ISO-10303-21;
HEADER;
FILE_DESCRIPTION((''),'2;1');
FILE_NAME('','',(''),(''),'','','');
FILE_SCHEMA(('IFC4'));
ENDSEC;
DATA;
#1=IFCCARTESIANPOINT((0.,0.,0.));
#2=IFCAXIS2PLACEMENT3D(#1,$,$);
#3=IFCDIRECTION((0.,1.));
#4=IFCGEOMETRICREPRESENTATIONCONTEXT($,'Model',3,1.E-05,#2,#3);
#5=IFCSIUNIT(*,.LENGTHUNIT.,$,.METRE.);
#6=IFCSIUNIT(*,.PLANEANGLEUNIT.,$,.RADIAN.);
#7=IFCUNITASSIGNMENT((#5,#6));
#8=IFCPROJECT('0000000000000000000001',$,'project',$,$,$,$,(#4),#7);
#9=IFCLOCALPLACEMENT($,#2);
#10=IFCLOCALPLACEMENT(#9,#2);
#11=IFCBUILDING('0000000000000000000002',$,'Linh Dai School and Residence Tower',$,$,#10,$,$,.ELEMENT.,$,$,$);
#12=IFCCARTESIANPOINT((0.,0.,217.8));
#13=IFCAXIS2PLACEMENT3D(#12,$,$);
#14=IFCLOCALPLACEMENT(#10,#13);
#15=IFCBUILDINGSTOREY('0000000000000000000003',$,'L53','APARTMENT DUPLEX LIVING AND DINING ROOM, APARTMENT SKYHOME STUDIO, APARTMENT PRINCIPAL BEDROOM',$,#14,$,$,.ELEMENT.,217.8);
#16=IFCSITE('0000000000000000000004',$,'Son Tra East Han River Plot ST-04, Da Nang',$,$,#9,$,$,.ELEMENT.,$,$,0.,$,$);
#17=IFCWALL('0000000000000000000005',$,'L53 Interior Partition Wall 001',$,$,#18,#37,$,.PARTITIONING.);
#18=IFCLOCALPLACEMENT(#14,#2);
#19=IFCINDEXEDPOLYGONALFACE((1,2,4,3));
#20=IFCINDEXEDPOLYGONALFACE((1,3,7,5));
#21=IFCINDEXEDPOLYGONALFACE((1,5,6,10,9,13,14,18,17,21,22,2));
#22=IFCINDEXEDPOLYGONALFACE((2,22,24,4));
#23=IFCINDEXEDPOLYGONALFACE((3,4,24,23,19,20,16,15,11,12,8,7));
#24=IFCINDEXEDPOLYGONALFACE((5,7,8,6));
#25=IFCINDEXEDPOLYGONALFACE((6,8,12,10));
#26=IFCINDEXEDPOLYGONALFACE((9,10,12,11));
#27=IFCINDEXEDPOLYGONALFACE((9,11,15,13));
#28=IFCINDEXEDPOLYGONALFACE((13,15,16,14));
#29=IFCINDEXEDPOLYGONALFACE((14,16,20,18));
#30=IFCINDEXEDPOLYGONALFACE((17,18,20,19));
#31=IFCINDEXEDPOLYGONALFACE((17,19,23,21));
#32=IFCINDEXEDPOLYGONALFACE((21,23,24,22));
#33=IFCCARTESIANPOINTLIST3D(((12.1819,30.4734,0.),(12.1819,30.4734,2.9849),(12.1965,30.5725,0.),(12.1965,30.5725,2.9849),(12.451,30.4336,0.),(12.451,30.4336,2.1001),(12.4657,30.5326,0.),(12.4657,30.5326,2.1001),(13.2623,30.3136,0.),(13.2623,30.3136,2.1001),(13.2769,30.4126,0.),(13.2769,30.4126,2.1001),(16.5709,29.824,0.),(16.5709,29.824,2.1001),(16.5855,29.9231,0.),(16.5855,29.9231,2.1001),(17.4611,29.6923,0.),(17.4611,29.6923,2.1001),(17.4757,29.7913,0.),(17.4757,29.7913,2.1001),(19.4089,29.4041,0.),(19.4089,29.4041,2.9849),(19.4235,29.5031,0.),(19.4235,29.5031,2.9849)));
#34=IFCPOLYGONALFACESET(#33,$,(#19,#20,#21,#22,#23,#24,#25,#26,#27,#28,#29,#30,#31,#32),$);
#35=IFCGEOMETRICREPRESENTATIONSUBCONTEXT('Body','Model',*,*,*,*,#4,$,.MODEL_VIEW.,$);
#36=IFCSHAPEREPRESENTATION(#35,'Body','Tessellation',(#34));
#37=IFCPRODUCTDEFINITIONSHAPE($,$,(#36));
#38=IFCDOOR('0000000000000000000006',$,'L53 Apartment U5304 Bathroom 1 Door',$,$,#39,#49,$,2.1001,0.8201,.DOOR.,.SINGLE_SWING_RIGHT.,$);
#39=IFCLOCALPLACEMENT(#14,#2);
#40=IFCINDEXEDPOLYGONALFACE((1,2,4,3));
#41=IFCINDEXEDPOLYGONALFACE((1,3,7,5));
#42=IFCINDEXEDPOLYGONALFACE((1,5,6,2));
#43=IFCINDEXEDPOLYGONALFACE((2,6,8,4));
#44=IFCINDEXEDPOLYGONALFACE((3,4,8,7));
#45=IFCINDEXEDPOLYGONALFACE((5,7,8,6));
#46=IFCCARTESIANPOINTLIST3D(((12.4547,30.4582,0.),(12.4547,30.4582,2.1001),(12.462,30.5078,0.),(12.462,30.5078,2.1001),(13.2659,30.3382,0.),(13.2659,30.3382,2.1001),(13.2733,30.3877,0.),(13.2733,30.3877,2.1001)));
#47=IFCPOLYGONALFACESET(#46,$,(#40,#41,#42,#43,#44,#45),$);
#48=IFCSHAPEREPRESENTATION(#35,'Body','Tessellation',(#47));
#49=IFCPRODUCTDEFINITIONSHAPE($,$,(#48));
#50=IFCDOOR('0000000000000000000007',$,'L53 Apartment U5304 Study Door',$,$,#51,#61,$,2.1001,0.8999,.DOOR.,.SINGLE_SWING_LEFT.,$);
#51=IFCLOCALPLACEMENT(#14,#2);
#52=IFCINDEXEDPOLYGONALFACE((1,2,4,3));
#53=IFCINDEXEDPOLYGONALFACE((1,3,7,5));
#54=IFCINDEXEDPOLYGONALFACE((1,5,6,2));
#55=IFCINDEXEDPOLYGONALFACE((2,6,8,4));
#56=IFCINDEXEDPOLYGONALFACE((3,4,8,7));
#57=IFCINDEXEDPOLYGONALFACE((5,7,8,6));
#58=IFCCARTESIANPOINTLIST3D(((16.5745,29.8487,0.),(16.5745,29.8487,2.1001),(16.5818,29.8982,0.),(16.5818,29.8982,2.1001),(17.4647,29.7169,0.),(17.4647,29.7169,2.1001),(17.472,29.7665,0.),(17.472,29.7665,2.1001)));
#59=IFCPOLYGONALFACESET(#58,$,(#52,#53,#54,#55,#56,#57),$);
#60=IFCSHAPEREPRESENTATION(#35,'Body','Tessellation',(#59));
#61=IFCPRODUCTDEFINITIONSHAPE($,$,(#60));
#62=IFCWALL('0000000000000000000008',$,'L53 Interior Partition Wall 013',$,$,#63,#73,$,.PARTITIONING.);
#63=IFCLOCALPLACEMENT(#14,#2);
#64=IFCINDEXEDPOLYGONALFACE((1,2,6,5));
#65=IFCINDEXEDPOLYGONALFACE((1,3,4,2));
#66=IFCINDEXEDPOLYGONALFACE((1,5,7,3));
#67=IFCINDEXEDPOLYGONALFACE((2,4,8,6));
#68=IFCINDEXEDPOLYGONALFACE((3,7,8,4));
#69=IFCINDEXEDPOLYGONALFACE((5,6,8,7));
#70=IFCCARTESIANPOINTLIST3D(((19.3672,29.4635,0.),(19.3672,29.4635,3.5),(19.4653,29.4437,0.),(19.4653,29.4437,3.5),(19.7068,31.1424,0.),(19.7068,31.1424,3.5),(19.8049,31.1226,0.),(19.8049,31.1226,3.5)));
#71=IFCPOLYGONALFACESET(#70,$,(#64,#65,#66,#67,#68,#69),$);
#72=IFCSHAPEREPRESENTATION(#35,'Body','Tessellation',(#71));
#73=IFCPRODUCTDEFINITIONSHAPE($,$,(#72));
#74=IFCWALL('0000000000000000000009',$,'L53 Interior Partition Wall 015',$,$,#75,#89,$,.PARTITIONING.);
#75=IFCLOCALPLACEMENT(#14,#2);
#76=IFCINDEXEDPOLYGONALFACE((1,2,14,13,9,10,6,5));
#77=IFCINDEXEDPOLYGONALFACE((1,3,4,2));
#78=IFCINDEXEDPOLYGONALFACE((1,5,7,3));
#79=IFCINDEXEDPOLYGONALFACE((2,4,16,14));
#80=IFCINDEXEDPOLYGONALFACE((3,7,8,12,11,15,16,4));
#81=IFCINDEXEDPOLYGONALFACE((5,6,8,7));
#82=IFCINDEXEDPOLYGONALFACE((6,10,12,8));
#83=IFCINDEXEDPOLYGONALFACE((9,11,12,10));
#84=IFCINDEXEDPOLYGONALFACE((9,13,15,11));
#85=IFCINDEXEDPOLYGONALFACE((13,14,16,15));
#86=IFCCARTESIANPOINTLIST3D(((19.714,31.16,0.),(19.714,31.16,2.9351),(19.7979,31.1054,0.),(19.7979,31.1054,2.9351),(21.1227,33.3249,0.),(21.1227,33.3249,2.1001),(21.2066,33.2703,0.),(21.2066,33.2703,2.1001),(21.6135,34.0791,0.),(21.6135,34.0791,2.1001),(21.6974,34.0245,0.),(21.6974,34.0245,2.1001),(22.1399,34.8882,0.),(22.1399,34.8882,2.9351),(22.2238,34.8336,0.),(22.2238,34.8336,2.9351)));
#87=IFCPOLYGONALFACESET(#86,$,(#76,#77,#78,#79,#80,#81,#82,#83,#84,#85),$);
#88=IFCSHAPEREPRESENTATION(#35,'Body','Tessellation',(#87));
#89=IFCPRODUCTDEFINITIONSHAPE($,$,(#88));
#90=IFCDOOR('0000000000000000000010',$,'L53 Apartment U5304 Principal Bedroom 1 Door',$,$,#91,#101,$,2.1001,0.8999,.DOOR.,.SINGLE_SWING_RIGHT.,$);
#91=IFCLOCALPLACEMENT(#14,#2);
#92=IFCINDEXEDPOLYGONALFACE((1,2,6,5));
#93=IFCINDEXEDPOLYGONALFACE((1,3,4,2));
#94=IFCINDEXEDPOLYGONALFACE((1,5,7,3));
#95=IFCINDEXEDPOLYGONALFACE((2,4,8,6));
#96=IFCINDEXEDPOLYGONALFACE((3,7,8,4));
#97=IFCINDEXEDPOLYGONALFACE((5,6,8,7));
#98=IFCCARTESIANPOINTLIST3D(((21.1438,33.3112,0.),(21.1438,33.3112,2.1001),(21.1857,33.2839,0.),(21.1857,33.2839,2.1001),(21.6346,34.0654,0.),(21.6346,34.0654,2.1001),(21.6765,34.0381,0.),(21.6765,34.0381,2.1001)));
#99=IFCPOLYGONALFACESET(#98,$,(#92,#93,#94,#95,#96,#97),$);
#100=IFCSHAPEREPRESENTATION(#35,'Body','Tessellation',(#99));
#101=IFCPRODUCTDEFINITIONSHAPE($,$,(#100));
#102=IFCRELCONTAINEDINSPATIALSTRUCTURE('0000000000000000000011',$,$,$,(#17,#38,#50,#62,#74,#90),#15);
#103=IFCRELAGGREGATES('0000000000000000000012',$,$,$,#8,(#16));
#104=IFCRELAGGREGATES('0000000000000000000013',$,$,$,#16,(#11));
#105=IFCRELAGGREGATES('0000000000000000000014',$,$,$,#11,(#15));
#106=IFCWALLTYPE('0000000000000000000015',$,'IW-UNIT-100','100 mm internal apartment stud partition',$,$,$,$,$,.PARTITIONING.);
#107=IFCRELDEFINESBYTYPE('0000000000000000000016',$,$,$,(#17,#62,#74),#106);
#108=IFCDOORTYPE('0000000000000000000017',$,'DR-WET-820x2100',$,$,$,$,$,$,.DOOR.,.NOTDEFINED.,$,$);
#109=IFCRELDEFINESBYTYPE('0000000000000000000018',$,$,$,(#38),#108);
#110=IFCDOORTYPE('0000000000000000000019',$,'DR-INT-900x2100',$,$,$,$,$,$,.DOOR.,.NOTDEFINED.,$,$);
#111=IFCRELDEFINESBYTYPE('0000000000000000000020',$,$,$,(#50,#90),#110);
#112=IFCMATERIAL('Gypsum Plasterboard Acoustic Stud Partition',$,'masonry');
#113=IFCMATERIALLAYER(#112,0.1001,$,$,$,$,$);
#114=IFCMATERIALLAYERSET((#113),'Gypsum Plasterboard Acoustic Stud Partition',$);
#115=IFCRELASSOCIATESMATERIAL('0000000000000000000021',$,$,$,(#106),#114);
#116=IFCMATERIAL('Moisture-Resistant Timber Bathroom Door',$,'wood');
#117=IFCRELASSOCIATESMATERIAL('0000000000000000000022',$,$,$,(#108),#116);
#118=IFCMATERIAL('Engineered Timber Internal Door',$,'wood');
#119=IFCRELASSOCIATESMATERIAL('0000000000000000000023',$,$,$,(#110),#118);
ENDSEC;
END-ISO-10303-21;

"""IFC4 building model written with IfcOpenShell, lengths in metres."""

from ifc_helpers import new_model, si_unit, direction, frame, frame_2d, origin, origin_2d, place, context, subcontext, project, spatial, rectangle, extrude, source, transform, mapped, material, layer, layer_set, type_object, element, fill, save


model = new_model("IFC4")

# Units and contexts
model_context = context("Model", 3, precision=1e-05, world=origin(), true_north=direction((0.0, 1.0)))
body_context = subcontext(model_context, "Body", "Model", "MODEL_VIEW")
ifc_project = project(units=[si_unit("LENGTHUNIT", "METRE"), si_unit("PLANEANGLEUNIT", "RADIAN")], contexts=[model_context])

# Site, building, storey
site_placement = place(None, origin())
site = spatial("IfcSite", under=ifc_project, at=site_placement, Name="Son Tra East Han River Plot ST-04, Da Nang", CompositionType="ELEMENT", RefElevation=0.0)
building_placement = place(site_placement, origin())
building = spatial("IfcBuilding", under=site, at=building_placement, Name="Linh Dai School and Residence Tower", CompositionType="ELEMENT")
storey_placement = place(building_placement, frame((0.0, 0.0, 217.8)))
storey = spatial("IfcBuildingStorey", under=building, at=storey_placement, Name="L53", Description="APARTMENT DUPLEX LIVING AND DINING ROOM, APARTMENT SKYHOME STUDIO, APARTMENT PRINCIPAL BEDROOM", CompositionType="ELEMENT", Elevation=217.8)

# Wall, openings, doors
ifc_material_1 = material(Name="Gypsum Plasterboard Acoustic Stud Partition", Category="masonry")
ifc_layer_1 = layer(ifc_material_1, 0.1001)
ifc_layer_set_1 = layer_set([ifc_layer_1], Name="Gypsum Plasterboard Acoustic Stud Partition")
wall_type_1 = type_object("IfcWallType", Name="IW-UNIT-100", Description="100 mm internal apartment stud partition", PredefinedType="PARTITIONING", material=ifc_layer_set_1)
wall_1_placement = place(storey_placement, frame((12.1892, 30.5229, 0.0), z_axis=(0.0, 0.0, 1.0), x_axis=(0.98923, -0.146369, 0.0)))
wall_1 = element("IfcWall", 1, at=wall_1_placement, inside=storey, type_object=wall_type_1, Name="L53 Interior Partition Wall 001", PredefinedType="PARTITIONING", context=body_context, shape_type="SweptSolid", body=[
    extrude(rectangle(XDim=7.3057, YDim=0.1001, at=frame_2d((3.6528, 0.0))), origin(), (0.0, 0.0, 1.0), 2.9849),
])
opening_1_placement = place(wall_1_placement, frame((4.4368, 0.0, 0.0)))
opening_1 = element("IfcOpeningElement", 2, at=opening_1_placement, cuts=wall_1, PredefinedType="OPENING", context=body_context, shape_type="SweptSolid", body=[
    extrude(rectangle(XDim=0.8999, YDim=2.1001, at=origin_2d()), frame((0.45, 0.0601, 1.05), z_axis=(0.0, -1.0, 0.0), x_axis=(1.0, 0.0, 0.0)), (0.0, 0.0, 1.0), 0.1201),
])
opening_2_placement = place(wall_1_placement, frame((0.272, 0.0, 0.0)))
opening_2 = element("IfcOpeningElement", 3, at=opening_2_placement, cuts=wall_1, PredefinedType="OPENING", context=body_context, shape_type="SweptSolid", body=[
    extrude(rectangle(XDim=0.8201, YDim=2.1001, at=origin_2d()), frame((0.4102, 0.0601, 1.05), z_axis=(0.0, -1.0, 0.0), x_axis=(1.0, 0.0, 0.0)), (0.0, 0.0, 1.0), 0.1201),
])
ifc_material_2 = material(Name="Moisture-Resistant Timber Bathroom Door", Category="wood")
door_type_1 = type_object("IfcDoorType", Name="DR-WET-820x2100", OperationType="NOTDEFINED", PredefinedType="DOOR", material=ifc_material_2)
shared_shape_1 = source(origin(), body_context, "Body", "SweptSolid", [
    extrude(rectangle(XDim=0.8201, YDim=2.1001, at=origin_2d()), frame((0.4102, 0.0249, 1.05), z_axis=(0.0, -1.0, 0.0), x_axis=(1.0, 0.0, 0.0)), (0.0, 0.0, 1.0), 0.05),
])
door_1_placement = place(opening_2_placement, origin())
door_1 = element("IfcDoor", 4, at=door_1_placement, inside=storey, type_object=door_type_1, Name="L53 Apartment U5304 Bathroom 1 Door", OperationType="SINGLE_SWING_RIGHT", OverallHeight=2.1001, OverallWidth=0.8201, PredefinedType="DOOR", context=body_context, shape_type="MappedRepresentation", body=[
    mapped(shared_shape_1, transform((0.0, 0.0, 0.0), x_axis=(1.0, 0.0, 0.0), y_axis=(0.0, 1.0, 0.0), z_axis=(0.0, 0.0, 1.0), scale=1.0)),
])
fill(opening_2, door_1)
ifc_material_3 = material(Name="Engineered Timber Internal Door", Category="wood")
door_type_2 = type_object("IfcDoorType", Name="DR-INT-900x2100", OperationType="NOTDEFINED", PredefinedType="DOOR", material=ifc_material_3)
shared_shape_2 = source(origin(), body_context, "Body", "SweptSolid", [
    extrude(rectangle(XDim=0.8999, YDim=2.1001, at=origin_2d()), frame((0.45, 0.0249, 1.05), z_axis=(0.0, -1.0, 0.0), x_axis=(1.0, 0.0, 0.0)), (0.0, 0.0, 1.0), 0.05),
])
door_2_placement = place(opening_1_placement, origin())
door_2 = element("IfcDoor", 5, at=door_2_placement, inside=storey, type_object=door_type_2, Name="L53 Apartment U5304 Study Door", OperationType="SINGLE_SWING_LEFT", OverallHeight=2.1001, OverallWidth=0.8999, PredefinedType="DOOR", context=body_context, shape_type="MappedRepresentation", body=[
    mapped(shared_shape_2, transform((0.0, 0.0, 0.0), x_axis=(1.0, 0.0, 0.0), y_axis=(0.0, 1.0, 0.0), z_axis=(0.0, 0.0, 1.0), scale=1.0)),
])
fill(opening_1, door_2)

# Wall
wall_2_placement = place(storey_placement, frame((19.4163, 29.4536, 0.0), z_axis=(0.0, 0.0, 1.0), x_axis=(0.198254, 0.980151, 0.0)))
element("IfcWall", 6, at=wall_2_placement, inside=storey, type_object=wall_type_1, Name="L53 Interior Partition Wall 013", PredefinedType="PARTITIONING", context=body_context, shape_type="SweptSolid", body=[
    extrude(rectangle(XDim=1.7129, YDim=0.1001, at=frame_2d((0.8564, 0.0))), origin(), (0.0, 0.0, 1.0), 3.5),
])

# Wall, opening, door
wall_3_placement = place(storey_placement, frame((19.7559, 31.1326, 0.0), z_axis=(0.0, 0.0, 1.0), x_axis=(0.545407, 0.838171, 0.0)))
wall_3 = element("IfcWall", 7, at=wall_3_placement, inside=storey, type_object=wall_type_1, Name="L53 Interior Partition Wall 015", PredefinedType="PARTITIONING", context=body_context, shape_type="SweptSolid", body=[
    extrude(rectangle(XDim=4.448, YDim=0.1001, at=frame_2d((2.2241, 0.0))), origin(), (0.0, 0.0, 1.0), 2.9351),
])
opening_3_placement = place(wall_3_placement, frame((2.583, 0.0, 0.0)))
opening_3 = element("IfcOpeningElement", 8, at=opening_3_placement, cuts=wall_3, PredefinedType="OPENING", context=body_context, shape_type="SweptSolid", body=[
    extrude(rectangle(XDim=0.8999, YDim=2.1001, at=origin_2d()), frame((0.45, 0.0601, 1.05), z_axis=(0.0, -1.0, 0.0), x_axis=(1.0, 0.0, 0.0)), (0.0, 0.0, 1.0), 0.1201),
])
door_3_placement = place(opening_3_placement, origin())
door_3 = element("IfcDoor", 9, at=door_3_placement, inside=storey, type_object=door_type_2, Name="L53 Apartment U5304 Principal Bedroom 1 Door", OperationType="SINGLE_SWING_RIGHT", OverallHeight=2.1001, OverallWidth=0.8999, PredefinedType="DOOR", context=body_context, shape_type="MappedRepresentation", body=[
    mapped(shared_shape_2, transform((0.0, 0.0, 0.0), x_axis=(1.0, 0.0, 0.0), y_axis=(0.0, 1.0, 0.0), z_axis=(0.0, 0.0, 1.0), scale=1.0)),
])
fill(opening_3, door_3)

save(model, "model.ifc")
